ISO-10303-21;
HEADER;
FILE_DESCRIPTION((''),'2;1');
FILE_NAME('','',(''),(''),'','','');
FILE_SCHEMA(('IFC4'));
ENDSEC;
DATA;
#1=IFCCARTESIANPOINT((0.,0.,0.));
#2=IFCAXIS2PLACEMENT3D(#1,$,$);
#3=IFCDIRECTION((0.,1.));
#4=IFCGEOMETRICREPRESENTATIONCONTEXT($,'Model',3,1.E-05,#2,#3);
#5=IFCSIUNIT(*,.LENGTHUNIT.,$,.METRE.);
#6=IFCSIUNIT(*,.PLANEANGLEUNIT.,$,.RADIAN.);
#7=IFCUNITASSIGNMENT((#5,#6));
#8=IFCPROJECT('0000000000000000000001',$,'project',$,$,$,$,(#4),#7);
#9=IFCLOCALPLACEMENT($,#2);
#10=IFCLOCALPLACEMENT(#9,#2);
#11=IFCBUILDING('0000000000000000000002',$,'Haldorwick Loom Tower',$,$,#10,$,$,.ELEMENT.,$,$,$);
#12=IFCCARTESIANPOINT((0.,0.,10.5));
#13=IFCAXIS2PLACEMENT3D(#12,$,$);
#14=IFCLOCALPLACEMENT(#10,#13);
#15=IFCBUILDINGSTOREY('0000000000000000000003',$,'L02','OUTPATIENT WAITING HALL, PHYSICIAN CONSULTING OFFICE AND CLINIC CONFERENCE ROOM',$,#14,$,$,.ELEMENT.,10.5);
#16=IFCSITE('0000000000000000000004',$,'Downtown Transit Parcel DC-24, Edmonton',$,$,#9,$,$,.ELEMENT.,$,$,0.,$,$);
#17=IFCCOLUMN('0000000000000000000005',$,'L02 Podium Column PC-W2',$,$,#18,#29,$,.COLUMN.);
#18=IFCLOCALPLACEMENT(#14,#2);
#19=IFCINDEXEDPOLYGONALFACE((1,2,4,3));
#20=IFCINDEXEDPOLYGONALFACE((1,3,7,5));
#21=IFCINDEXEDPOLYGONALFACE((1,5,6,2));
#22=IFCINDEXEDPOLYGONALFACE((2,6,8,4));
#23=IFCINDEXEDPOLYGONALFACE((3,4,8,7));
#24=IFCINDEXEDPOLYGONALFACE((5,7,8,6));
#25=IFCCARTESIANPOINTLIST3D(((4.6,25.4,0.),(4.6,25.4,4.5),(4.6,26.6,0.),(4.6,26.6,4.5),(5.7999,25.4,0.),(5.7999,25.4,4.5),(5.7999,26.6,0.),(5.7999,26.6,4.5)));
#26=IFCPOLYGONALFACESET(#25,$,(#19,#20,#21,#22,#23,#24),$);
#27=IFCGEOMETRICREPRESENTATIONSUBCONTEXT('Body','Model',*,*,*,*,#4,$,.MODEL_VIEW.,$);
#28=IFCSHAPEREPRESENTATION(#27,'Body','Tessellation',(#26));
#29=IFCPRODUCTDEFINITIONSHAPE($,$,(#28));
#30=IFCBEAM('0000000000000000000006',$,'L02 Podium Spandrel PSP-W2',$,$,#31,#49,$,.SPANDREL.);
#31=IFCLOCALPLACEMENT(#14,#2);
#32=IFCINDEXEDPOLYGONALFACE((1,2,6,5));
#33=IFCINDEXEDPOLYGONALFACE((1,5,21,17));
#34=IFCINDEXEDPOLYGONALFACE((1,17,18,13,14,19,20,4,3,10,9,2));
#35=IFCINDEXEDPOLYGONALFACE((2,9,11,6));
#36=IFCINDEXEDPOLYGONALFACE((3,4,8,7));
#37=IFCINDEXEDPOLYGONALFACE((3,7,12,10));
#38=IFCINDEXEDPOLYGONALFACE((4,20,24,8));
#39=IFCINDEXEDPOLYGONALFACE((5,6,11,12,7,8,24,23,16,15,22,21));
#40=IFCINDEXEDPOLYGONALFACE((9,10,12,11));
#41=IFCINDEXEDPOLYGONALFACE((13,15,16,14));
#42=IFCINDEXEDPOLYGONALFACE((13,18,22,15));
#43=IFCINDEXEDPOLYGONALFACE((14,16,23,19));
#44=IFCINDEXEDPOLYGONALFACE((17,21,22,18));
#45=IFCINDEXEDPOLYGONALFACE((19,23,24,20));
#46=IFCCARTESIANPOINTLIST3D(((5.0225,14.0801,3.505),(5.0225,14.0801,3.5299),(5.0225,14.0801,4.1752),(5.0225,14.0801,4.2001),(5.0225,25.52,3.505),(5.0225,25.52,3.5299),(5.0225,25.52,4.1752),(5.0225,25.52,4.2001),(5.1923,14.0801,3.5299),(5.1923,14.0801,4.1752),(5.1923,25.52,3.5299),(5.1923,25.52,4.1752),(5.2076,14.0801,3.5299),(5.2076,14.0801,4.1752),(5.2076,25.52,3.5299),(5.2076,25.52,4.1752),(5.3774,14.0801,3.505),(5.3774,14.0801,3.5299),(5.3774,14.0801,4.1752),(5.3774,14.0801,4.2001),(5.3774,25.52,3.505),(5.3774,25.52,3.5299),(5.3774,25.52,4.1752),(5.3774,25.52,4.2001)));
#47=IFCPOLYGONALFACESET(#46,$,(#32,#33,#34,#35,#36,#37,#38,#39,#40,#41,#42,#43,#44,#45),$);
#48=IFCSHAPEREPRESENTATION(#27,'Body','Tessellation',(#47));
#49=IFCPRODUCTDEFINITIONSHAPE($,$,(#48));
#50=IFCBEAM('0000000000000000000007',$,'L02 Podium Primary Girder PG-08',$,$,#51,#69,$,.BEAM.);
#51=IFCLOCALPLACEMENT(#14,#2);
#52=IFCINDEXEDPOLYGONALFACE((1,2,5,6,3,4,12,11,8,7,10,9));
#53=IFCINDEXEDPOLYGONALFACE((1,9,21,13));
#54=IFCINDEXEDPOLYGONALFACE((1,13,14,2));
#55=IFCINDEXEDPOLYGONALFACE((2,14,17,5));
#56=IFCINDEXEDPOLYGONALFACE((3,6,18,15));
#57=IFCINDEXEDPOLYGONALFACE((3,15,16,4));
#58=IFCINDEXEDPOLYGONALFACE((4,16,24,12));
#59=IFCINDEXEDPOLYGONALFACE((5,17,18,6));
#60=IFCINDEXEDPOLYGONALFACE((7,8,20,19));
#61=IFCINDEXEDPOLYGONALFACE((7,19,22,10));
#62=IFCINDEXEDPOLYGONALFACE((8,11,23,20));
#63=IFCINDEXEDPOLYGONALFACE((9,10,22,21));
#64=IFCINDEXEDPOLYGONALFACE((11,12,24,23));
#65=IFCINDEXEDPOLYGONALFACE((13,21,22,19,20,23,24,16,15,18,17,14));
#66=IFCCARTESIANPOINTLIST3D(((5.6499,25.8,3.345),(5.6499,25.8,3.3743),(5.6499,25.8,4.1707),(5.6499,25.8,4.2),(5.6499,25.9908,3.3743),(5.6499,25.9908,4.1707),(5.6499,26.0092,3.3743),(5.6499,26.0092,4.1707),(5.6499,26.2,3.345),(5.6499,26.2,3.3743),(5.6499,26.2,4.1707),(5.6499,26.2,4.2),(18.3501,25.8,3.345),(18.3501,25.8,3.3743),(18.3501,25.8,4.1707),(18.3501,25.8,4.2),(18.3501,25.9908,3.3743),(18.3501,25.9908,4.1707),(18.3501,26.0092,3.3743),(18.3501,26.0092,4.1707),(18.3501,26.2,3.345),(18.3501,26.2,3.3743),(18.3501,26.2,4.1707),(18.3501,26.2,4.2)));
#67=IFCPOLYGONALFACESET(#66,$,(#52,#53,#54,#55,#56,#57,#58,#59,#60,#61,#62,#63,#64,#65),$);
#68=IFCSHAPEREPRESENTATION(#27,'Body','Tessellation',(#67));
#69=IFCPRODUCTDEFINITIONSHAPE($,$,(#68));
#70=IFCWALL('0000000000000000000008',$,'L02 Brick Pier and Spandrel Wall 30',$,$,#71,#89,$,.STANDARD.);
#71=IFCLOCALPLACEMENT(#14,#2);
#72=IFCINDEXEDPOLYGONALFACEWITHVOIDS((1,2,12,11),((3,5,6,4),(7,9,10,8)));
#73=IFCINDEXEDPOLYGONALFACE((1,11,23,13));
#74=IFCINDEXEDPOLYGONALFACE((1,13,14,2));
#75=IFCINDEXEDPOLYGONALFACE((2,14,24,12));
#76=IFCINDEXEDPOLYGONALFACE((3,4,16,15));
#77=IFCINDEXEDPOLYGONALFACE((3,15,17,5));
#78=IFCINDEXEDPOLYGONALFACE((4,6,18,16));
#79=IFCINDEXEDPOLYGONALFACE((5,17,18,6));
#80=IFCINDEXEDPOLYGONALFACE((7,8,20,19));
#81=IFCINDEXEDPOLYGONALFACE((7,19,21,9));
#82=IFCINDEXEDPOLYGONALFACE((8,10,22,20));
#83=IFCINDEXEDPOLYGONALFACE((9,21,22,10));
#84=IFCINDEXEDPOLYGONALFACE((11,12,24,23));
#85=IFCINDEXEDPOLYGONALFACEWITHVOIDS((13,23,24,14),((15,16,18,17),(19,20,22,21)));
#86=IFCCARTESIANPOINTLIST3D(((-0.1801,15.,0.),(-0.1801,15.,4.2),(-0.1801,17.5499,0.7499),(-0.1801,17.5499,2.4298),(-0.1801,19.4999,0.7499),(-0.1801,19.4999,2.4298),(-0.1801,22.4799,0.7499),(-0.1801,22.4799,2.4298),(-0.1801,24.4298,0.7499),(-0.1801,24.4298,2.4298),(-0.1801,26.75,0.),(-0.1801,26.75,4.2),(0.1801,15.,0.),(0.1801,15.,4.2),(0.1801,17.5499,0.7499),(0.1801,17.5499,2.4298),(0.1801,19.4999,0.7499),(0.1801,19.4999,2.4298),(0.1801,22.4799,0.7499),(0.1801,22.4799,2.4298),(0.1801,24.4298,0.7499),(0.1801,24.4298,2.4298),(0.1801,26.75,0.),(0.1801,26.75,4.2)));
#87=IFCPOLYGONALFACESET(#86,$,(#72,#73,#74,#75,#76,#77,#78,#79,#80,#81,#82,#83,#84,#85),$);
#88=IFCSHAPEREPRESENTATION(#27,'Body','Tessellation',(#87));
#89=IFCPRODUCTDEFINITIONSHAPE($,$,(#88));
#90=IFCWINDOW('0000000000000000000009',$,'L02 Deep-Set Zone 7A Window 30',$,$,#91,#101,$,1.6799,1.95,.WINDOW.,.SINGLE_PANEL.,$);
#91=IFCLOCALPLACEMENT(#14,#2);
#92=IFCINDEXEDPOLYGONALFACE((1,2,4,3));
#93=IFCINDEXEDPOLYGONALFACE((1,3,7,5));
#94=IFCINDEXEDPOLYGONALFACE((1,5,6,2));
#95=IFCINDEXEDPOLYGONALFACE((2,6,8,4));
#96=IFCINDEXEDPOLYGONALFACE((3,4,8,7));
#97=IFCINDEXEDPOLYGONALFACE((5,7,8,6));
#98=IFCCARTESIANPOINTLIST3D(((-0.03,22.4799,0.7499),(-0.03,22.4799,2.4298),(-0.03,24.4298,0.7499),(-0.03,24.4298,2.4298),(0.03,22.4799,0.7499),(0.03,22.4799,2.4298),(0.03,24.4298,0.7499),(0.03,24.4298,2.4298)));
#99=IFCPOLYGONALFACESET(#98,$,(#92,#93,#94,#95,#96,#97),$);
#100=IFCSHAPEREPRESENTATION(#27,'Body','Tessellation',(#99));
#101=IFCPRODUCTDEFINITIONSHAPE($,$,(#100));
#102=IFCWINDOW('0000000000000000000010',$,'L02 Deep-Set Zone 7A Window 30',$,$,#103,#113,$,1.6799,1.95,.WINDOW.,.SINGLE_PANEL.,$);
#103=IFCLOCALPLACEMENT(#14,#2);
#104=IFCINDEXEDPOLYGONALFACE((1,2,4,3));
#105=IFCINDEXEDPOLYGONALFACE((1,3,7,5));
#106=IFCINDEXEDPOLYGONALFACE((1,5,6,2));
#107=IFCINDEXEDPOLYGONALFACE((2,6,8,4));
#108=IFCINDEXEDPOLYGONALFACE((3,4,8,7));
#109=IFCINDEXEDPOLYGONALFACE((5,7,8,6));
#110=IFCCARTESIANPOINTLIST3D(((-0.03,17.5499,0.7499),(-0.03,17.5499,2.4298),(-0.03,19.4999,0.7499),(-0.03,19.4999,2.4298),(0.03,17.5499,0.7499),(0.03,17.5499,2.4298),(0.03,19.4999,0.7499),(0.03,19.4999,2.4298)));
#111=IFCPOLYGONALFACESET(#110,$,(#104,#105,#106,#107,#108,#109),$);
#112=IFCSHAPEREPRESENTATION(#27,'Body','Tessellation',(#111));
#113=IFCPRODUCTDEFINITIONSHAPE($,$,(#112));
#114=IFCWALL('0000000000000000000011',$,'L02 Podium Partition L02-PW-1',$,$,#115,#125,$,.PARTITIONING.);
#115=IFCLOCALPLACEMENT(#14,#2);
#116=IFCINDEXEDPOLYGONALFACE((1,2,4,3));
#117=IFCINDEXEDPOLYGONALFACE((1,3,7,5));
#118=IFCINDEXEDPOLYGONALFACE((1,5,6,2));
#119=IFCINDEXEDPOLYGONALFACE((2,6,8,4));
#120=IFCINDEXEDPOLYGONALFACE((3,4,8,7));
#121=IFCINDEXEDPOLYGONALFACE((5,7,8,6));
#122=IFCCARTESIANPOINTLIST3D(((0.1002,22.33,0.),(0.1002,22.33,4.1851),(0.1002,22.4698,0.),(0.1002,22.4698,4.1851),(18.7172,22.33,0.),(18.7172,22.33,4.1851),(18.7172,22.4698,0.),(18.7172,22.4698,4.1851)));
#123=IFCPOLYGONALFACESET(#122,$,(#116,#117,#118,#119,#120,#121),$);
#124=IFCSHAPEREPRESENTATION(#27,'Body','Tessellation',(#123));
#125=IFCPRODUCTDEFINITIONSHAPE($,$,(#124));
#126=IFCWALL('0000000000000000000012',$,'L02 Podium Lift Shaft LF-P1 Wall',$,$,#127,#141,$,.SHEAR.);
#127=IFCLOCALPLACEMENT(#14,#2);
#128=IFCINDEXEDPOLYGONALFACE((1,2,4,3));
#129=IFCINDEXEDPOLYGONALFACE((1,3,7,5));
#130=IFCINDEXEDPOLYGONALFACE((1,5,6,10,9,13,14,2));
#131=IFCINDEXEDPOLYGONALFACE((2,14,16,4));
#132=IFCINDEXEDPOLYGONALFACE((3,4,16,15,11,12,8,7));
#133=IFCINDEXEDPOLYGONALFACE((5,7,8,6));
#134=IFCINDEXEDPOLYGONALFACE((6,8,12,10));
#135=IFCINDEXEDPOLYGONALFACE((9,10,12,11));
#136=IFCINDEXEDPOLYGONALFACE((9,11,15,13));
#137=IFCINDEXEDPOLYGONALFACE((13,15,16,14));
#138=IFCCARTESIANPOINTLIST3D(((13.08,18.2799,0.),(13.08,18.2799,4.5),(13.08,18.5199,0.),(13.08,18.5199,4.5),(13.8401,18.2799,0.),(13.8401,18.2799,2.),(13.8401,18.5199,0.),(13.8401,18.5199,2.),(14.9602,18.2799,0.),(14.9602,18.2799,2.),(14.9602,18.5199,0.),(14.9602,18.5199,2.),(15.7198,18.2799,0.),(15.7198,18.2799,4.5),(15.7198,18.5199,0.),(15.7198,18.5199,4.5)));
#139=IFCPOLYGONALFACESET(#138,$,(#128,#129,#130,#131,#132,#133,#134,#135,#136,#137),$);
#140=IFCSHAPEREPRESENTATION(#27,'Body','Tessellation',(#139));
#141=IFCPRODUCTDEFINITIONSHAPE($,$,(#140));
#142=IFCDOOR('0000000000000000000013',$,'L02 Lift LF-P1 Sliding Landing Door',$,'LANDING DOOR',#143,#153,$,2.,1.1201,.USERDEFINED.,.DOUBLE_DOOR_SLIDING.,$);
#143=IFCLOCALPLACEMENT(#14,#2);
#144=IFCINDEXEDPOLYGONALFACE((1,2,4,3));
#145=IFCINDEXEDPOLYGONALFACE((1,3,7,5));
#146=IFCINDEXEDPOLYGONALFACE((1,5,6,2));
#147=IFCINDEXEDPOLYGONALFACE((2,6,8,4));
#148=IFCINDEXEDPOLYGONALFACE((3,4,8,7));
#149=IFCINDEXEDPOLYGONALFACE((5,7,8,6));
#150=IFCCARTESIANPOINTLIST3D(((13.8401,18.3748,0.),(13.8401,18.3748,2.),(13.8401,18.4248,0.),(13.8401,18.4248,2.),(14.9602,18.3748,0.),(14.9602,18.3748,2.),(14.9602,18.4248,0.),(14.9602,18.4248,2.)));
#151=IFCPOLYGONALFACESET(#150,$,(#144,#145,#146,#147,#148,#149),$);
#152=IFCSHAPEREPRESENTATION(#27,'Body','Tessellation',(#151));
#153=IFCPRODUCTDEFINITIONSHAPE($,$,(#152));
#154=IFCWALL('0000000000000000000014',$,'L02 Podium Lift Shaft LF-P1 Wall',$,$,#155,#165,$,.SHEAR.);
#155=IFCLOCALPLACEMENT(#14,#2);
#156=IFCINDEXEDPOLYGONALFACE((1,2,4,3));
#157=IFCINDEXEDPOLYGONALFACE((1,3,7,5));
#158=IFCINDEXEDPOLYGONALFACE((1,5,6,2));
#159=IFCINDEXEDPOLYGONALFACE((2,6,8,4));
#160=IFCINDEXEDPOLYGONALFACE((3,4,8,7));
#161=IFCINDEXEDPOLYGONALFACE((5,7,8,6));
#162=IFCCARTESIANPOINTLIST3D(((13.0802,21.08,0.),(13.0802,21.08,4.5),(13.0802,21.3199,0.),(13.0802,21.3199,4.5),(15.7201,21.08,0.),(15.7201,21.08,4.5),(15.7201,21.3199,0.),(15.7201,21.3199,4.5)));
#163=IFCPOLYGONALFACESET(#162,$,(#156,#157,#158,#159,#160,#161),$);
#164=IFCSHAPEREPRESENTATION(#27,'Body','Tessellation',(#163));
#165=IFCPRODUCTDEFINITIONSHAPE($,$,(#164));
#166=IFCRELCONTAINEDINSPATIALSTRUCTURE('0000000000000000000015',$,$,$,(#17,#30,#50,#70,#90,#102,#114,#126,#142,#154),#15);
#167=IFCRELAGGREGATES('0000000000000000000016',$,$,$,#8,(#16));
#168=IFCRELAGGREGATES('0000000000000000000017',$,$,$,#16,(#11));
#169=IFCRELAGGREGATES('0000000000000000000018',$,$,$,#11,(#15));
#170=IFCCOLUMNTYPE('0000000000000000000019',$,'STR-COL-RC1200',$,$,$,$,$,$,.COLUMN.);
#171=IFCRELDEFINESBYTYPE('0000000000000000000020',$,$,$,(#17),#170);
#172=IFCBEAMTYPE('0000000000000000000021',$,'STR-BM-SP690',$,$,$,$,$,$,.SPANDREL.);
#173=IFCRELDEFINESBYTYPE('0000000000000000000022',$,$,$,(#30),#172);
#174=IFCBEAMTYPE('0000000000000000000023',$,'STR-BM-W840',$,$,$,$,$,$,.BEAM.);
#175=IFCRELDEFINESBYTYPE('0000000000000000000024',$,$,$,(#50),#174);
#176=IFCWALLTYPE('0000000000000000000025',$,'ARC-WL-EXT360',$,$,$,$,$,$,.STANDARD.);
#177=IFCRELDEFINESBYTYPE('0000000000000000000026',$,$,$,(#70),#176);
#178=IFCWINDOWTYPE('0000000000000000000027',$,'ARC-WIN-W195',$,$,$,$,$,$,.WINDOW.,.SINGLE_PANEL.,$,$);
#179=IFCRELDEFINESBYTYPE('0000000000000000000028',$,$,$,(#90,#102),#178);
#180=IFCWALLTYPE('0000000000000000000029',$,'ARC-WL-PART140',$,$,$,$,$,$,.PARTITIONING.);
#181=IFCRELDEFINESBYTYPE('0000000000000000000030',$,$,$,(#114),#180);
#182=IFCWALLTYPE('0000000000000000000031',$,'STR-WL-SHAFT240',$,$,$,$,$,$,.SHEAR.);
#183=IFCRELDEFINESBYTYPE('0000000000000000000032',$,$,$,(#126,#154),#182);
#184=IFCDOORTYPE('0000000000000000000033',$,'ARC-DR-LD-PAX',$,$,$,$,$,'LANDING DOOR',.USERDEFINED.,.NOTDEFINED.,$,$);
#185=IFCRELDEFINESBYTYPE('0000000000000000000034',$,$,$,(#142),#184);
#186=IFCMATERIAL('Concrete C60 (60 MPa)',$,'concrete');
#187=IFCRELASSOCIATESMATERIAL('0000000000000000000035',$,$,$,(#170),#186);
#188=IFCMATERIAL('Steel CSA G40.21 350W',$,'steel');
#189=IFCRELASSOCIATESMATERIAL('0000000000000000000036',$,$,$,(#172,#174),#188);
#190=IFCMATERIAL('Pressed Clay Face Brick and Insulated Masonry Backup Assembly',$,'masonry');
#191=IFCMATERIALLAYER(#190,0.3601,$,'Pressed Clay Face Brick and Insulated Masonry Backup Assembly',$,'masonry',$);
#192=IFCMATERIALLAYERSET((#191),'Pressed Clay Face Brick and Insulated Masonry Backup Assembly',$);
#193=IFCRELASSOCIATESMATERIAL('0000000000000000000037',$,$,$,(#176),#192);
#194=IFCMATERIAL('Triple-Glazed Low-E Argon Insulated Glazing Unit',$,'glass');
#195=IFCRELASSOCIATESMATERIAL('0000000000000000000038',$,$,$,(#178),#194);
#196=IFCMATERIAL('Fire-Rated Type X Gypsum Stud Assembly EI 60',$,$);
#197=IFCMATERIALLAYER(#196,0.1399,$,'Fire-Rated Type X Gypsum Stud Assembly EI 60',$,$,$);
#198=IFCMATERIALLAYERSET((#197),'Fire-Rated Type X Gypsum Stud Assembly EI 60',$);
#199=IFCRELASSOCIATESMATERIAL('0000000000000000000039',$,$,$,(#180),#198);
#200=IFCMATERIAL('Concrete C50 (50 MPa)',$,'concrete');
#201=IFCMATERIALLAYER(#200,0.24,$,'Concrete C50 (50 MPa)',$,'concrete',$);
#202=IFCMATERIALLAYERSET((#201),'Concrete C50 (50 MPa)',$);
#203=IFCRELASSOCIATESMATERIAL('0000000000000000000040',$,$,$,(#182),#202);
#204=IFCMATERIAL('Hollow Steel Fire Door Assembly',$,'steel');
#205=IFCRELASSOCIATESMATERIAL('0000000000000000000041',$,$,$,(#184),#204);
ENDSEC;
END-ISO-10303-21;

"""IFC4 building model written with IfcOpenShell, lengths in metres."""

from ifc_helpers import new_model, si_unit, direction, frame, frame_2d, origin, origin_2d, place, context, subcontext, project, spatial, rectangle, i_section, extrude, material, layer, layer_set, material_profile, profile_set, type_object, element, fill, save


model = new_model("IFC4")

# Units and contexts
model_context = context("Model", 3, precision=1e-05, world=origin(), true_north=direction((0.0, 1.0)))
body_context = subcontext(model_context, "Body", "Model", "MODEL_VIEW")
ifc_project = project(units=[si_unit("LENGTHUNIT", "METRE"), si_unit("PLANEANGLEUNIT", "RADIAN")], contexts=[model_context])

# Site, building, storey
site_placement = place(None, origin())
site = spatial("IfcSite", under=ifc_project, at=site_placement, Name="Downtown Transit Parcel DC-24, Edmonton", CompositionType="ELEMENT", RefElevation=0.0)
building_placement = place(site_placement, origin())
building = spatial("IfcBuilding", under=site, at=building_placement, Name="Haldorwick Loom Tower", CompositionType="ELEMENT")
storey_placement = place(building_placement, frame((0.0, 0.0, 10.5)))
storey = spatial("IfcBuildingStorey", under=building, at=storey_placement, Name="L02", Description="OUTPATIENT WAITING HALL, PHYSICIAN CONSULTING OFFICE AND CLINIC CONFERENCE ROOM", CompositionType="ELEMENT", Elevation=10.5)

# Column
ifc_material_1 = material(Name="Concrete C60 (60 MPa)", Category="concrete")
ifc_material_profile_1 = material_profile(ifc_material_1, rectangle(XDim=1.2, YDim=1.2, at=origin_2d()), Name="RC1200X1200", Category="concrete")
ifc_profile_set_1 = profile_set([ifc_material_profile_1], Name="Concrete C60 (60 MPa)")
column_type = type_object("IfcColumnType", Name="STR-COL-RC1200", PredefinedType="COLUMN", material=ifc_profile_set_1)
column_placement = place(storey_placement, frame((5.2, 26.0, 0.0), z_axis=(0.0, 0.0, 1.0), x_axis=(1.0, 0.0, 0.0)))
element("IfcColumn", 1, at=column_placement, inside=storey, type_object=column_type, Name="L02 Podium Column PC-W2", PredefinedType="COLUMN", context=body_context, shape_type="SweptSolid", body=[
    extrude(rectangle(XDim=1.2, YDim=1.2, at=origin_2d()), origin(), (0.0, 0.0, 1.0), 4.5),
])

# Beams
ifc_material_2 = material(Name="Steel CSA G40.21 350W", Category="steel")
ifc_material_profile_2 = material_profile(ifc_material_2, i_section(OverallWidth=0.355, OverallDepth=0.6951, WebThickness=0.0154, FlangeThickness=0.0249, at=origin_2d()), Name="W690X217", Category="steel")
ifc_profile_set_2 = profile_set([ifc_material_profile_2], Name="Steel CSA G40.21 350W")
beam_type_1 = type_object("IfcBeamType", Name="STR-BM-SP690", PredefinedType="SPANDREL", material=ifc_profile_set_2)
beam_1_placement = place(storey_placement, frame((5.2, 25.52, 3.8525), z_axis=(0.0, -1.0, 0.0), x_axis=(1.0, 0.0, 0.0)))
element("IfcBeam", 2, at=beam_1_placement, inside=storey, type_object=beam_type_1, Name="L02 Podium Spandrel PSP-W2", PredefinedType="SPANDREL", context=body_context, shape_type="SweptSolid", body=[
    extrude(i_section(OverallWidth=0.355, OverallDepth=0.6951, WebThickness=0.0154, FlangeThickness=0.0249, at=origin_2d()), origin(), (0.0, 0.0, 1.0), 11.4399),
])
ifc_material_profile_3 = material_profile(ifc_material_2, i_section(OverallWidth=0.3999, OverallDepth=0.855, WebThickness=0.0183, FlangeThickness=0.0293, at=origin_2d()), Name="W840X299", Category="steel")
ifc_profile_set_3 = profile_set([ifc_material_profile_3], Name="Steel CSA G40.21 350W")
beam_type_2 = type_object("IfcBeamType", Name="STR-BM-W840", PredefinedType="BEAM", material=ifc_profile_set_3)
beam_2_placement = place(storey_placement, frame((5.6499, 26.0, 3.7725), z_axis=(1.0, 0.0, 0.0), x_axis=(0.0, 1.0, 0.0)))
element("IfcBeam", 3, at=beam_2_placement, inside=storey, type_object=beam_type_2, Name="L02 Podium Primary Girder PG-08", PredefinedType="BEAM", context=body_context, shape_type="SweptSolid", body=[
    extrude(i_section(OverallWidth=0.3999, OverallDepth=0.855, WebThickness=0.0183, FlangeThickness=0.0293, at=origin_2d()), origin(), (0.0, 0.0, 1.0), 12.7002),
])

# Wall, openings, windows
ifc_material_3 = material(Name="Pressed Clay Face Brick and Insulated Masonry Backup Assembly", Category="masonry")
ifc_layer_1 = layer(ifc_material_3, 0.3601, Name="Pressed Clay Face Brick and Insulated Masonry Backup Assembly", Category="masonry")
ifc_layer_set_1 = layer_set([ifc_layer_1], Name="Pressed Clay Face Brick and Insulated Masonry Backup Assembly")
wall_type_1 = type_object("IfcWallType", Name="ARC-WL-EXT360", PredefinedType="STANDARD", material=ifc_layer_set_1)
wall_1_placement = place(storey_placement, frame((0.0, 26.75, 0.0), z_axis=(0.0, 0.0, 1.0), x_axis=(0.0, -1.0, 0.0)))
wall_1 = element("IfcWall", 4, at=wall_1_placement, inside=storey, type_object=wall_type_1, Name="L02 Brick Pier and Spandrel Wall 30", PredefinedType="STANDARD", context=body_context, shape_type="SweptSolid", body=[
    extrude(rectangle(XDim=11.75, YDim=0.3601, at=frame_2d((5.875, 0.0))), origin(), (0.0, 0.0, 1.0), 4.2),
])
opening_1_placement = place(wall_1_placement, frame((2.3201, 0.0, 0.75)))
opening_1 = element("IfcOpeningElement", 5, at=opening_1_placement, cuts=wall_1, PredefinedType="OPENING", context=body_context, shape_type="SweptSolid", body=[
    extrude(rectangle(XDim=1.95, YDim=1.6799, at=frame_2d((0.9751, 0.8398))), frame((0.0, 0.1899, 0.0), z_axis=(0.0, -1.0, 0.0), x_axis=(1.0, 0.0, 0.0)), (0.0, 0.0, 1.0), 0.3801),
])
opening_2_placement = place(wall_1_placement, frame((7.25, 0.0, 0.75)))
opening_2 = element("IfcOpeningElement", 6, at=opening_2_placement, cuts=wall_1, PredefinedType="OPENING", context=body_context, shape_type="SweptSolid", body=[
    extrude(rectangle(XDim=1.95, YDim=1.6799, at=frame_2d((0.9751, 0.8398))), frame((0.0, 0.1899, 0.0), z_axis=(0.0, -1.0, 0.0), x_axis=(1.0, 0.0, 0.0)), (0.0, 0.0, 1.0), 0.3801),
])
ifc_material_4 = material(Name="Triple-Glazed Low-E Argon Insulated Glazing Unit", Category="glass")
window_type = type_object("IfcWindowType", Name="ARC-WIN-W195", PartitioningType="SINGLE_PANEL", PredefinedType="WINDOW", material=ifc_material_4)
window_1_placement = place(opening_1_placement, origin())
window_1 = element("IfcWindow", 7, at=window_1_placement, inside=storey, type_object=window_type, Name="L02 Deep-Set Zone 7A Window 30", OverallHeight=1.6799, OverallWidth=1.95, PartitioningType="SINGLE_PANEL", PredefinedType="WINDOW", context=body_context, shape_type="SweptSolid", body=[
    extrude(rectangle(XDim=1.95, YDim=1.6799, at=frame_2d((0.9751, 0.8398))), frame((0.0, 0.03, 0.0), z_axis=(0.0, -1.0, 0.0), x_axis=(1.0, 0.0, 0.0)), (0.0, 0.0, 1.0), 0.0601),
])
fill(opening_1, window_1)
window_2_placement = place(opening_2_placement, origin())
window_2 = element("IfcWindow", 8, at=window_2_placement, inside=storey, type_object=window_type, Name="L02 Deep-Set Zone 7A Window 30", OverallHeight=1.6799, OverallWidth=1.95, PartitioningType="SINGLE_PANEL", PredefinedType="WINDOW", context=body_context, shape_type="SweptSolid", body=[
    extrude(rectangle(XDim=1.95, YDim=1.6799, at=frame_2d((0.9751, 0.8398))), frame((0.0, 0.03, 0.0), z_axis=(0.0, -1.0, 0.0), x_axis=(1.0, 0.0, 0.0)), (0.0, 0.0, 1.0), 0.0601),
])
fill(opening_2, window_2)

# Wall
ifc_material_5 = material(Name="Fire-Rated Type X Gypsum Stud Assembly EI 60")
ifc_layer_2 = layer(ifc_material_5, 0.1399, Name="Fire-Rated Type X Gypsum Stud Assembly EI 60")
ifc_layer_set_2 = layer_set([ifc_layer_2], Name="Fire-Rated Type X Gypsum Stud Assembly EI 60")
wall_type_2 = type_object("IfcWallType", Name="ARC-WL-PART140", PredefinedType="PARTITIONING", material=ifc_layer_set_2)
wall_2_placement = place(storey_placement, frame((0.1001, 22.3999, 0.0), z_axis=(0.0, 0.0, 1.0), x_axis=(1.0, 0.0, 0.0)))
element("IfcWall", 9, at=wall_2_placement, inside=storey, type_object=wall_type_2, Name="L02 Podium Partition L02-PW-1", PredefinedType="PARTITIONING", context=body_context, shape_type="SweptSolid", body=[
    extrude(rectangle(XDim=18.6169, YDim=0.1399, at=frame_2d((9.3086, 0.0))), origin(), (0.0, 0.0, 1.0), 4.1851),
])

# Wall, opening, door
ifc_material_6 = material(Name="Concrete C50 (50 MPa)", Category="concrete")
ifc_layer_3 = layer(ifc_material_6, 0.24, Name="Concrete C50 (50 MPa)", Category="concrete")
ifc_layer_set_3 = layer_set([ifc_layer_3], Name="Concrete C50 (50 MPa)")
wall_type_3 = type_object("IfcWallType", Name="STR-WL-SHAFT240", PredefinedType="SHEAR", material=ifc_layer_set_3)
wall_3_placement = place(storey_placement, frame((13.0801, 18.3999, 0.0), z_axis=(0.0, 0.0, 1.0), x_axis=(1.0, 0.0, 0.0)))
wall_3 = element("IfcWall", 10, at=wall_3_placement, inside=storey, type_object=wall_type_3, Name="L02 Podium Lift Shaft LF-P1 Wall", PredefinedType="SHEAR", context=body_context, shape_type="SweptSolid", body=[
    extrude(rectangle(XDim=2.6399, YDim=0.24, at=frame_2d((1.3198, 0.0))), origin(), (0.0, 0.0, 1.0), 4.5),
])
opening_3_placement = place(wall_3_placement, frame((0.76, 0.0, 0.0)))
opening_3 = element("IfcOpeningElement", 11, at=opening_3_placement, cuts=wall_3, PredefinedType="OPENING", context=body_context, shape_type="SweptSolid", body=[
    extrude(rectangle(XDim=1.1201, YDim=2.0, at=frame_2d((0.5601, 1.0))), frame((0.0, 0.1299, 0.0), z_axis=(0.0, -1.0, 0.0), x_axis=(1.0, 0.0, 0.0)), (0.0, 0.0, 1.0), 0.26),
])
ifc_material_7 = material(Name="Hollow Steel Fire Door Assembly", Category="steel")
door_type = type_object("IfcDoorType", Name="ARC-DR-LD-PAX", ElementType="LANDING DOOR", OperationType="NOTDEFINED", PredefinedType="USERDEFINED", material=ifc_material_7)
door_placement = place(opening_3_placement, origin())
door = element("IfcDoor", 12, at=door_placement, inside=storey, type_object=door_type, Name="L02 Lift LF-P1 Sliding Landing Door", ObjectType="LANDING DOOR", OperationType="DOUBLE_DOOR_SLIDING", OverallHeight=2.0, OverallWidth=1.1201, PredefinedType="USERDEFINED", context=body_context, shape_type="SweptSolid", body=[
    extrude(rectangle(XDim=1.1201, YDim=2.0, at=frame_2d((0.5601, 1.0))), frame((0.0, 0.0249, 0.0), z_axis=(0.0, -1.0, 0.0), x_axis=(1.0, 0.0, 0.0)), (0.0, 0.0, 1.0), 0.05),
])
fill(opening_3, door)

# Wall
wall_4_placement = place(storey_placement, frame((15.72, 21.2, 0.0), z_axis=(0.0, 0.0, 1.0), x_axis=(-1.0, 0.0, 0.0)))
element("IfcWall", 13, at=wall_4_placement, inside=storey, type_object=wall_type_3, Name="L02 Podium Lift Shaft LF-P1 Wall", PredefinedType="SHEAR", context=body_context, shape_type="SweptSolid", body=[
    extrude(rectangle(XDim=2.6399, YDim=0.24, at=frame_2d((1.3198, 0.0))), origin(), (0.0, 0.0, 1.0), 4.5),
])

save(model, "model.ifc")
